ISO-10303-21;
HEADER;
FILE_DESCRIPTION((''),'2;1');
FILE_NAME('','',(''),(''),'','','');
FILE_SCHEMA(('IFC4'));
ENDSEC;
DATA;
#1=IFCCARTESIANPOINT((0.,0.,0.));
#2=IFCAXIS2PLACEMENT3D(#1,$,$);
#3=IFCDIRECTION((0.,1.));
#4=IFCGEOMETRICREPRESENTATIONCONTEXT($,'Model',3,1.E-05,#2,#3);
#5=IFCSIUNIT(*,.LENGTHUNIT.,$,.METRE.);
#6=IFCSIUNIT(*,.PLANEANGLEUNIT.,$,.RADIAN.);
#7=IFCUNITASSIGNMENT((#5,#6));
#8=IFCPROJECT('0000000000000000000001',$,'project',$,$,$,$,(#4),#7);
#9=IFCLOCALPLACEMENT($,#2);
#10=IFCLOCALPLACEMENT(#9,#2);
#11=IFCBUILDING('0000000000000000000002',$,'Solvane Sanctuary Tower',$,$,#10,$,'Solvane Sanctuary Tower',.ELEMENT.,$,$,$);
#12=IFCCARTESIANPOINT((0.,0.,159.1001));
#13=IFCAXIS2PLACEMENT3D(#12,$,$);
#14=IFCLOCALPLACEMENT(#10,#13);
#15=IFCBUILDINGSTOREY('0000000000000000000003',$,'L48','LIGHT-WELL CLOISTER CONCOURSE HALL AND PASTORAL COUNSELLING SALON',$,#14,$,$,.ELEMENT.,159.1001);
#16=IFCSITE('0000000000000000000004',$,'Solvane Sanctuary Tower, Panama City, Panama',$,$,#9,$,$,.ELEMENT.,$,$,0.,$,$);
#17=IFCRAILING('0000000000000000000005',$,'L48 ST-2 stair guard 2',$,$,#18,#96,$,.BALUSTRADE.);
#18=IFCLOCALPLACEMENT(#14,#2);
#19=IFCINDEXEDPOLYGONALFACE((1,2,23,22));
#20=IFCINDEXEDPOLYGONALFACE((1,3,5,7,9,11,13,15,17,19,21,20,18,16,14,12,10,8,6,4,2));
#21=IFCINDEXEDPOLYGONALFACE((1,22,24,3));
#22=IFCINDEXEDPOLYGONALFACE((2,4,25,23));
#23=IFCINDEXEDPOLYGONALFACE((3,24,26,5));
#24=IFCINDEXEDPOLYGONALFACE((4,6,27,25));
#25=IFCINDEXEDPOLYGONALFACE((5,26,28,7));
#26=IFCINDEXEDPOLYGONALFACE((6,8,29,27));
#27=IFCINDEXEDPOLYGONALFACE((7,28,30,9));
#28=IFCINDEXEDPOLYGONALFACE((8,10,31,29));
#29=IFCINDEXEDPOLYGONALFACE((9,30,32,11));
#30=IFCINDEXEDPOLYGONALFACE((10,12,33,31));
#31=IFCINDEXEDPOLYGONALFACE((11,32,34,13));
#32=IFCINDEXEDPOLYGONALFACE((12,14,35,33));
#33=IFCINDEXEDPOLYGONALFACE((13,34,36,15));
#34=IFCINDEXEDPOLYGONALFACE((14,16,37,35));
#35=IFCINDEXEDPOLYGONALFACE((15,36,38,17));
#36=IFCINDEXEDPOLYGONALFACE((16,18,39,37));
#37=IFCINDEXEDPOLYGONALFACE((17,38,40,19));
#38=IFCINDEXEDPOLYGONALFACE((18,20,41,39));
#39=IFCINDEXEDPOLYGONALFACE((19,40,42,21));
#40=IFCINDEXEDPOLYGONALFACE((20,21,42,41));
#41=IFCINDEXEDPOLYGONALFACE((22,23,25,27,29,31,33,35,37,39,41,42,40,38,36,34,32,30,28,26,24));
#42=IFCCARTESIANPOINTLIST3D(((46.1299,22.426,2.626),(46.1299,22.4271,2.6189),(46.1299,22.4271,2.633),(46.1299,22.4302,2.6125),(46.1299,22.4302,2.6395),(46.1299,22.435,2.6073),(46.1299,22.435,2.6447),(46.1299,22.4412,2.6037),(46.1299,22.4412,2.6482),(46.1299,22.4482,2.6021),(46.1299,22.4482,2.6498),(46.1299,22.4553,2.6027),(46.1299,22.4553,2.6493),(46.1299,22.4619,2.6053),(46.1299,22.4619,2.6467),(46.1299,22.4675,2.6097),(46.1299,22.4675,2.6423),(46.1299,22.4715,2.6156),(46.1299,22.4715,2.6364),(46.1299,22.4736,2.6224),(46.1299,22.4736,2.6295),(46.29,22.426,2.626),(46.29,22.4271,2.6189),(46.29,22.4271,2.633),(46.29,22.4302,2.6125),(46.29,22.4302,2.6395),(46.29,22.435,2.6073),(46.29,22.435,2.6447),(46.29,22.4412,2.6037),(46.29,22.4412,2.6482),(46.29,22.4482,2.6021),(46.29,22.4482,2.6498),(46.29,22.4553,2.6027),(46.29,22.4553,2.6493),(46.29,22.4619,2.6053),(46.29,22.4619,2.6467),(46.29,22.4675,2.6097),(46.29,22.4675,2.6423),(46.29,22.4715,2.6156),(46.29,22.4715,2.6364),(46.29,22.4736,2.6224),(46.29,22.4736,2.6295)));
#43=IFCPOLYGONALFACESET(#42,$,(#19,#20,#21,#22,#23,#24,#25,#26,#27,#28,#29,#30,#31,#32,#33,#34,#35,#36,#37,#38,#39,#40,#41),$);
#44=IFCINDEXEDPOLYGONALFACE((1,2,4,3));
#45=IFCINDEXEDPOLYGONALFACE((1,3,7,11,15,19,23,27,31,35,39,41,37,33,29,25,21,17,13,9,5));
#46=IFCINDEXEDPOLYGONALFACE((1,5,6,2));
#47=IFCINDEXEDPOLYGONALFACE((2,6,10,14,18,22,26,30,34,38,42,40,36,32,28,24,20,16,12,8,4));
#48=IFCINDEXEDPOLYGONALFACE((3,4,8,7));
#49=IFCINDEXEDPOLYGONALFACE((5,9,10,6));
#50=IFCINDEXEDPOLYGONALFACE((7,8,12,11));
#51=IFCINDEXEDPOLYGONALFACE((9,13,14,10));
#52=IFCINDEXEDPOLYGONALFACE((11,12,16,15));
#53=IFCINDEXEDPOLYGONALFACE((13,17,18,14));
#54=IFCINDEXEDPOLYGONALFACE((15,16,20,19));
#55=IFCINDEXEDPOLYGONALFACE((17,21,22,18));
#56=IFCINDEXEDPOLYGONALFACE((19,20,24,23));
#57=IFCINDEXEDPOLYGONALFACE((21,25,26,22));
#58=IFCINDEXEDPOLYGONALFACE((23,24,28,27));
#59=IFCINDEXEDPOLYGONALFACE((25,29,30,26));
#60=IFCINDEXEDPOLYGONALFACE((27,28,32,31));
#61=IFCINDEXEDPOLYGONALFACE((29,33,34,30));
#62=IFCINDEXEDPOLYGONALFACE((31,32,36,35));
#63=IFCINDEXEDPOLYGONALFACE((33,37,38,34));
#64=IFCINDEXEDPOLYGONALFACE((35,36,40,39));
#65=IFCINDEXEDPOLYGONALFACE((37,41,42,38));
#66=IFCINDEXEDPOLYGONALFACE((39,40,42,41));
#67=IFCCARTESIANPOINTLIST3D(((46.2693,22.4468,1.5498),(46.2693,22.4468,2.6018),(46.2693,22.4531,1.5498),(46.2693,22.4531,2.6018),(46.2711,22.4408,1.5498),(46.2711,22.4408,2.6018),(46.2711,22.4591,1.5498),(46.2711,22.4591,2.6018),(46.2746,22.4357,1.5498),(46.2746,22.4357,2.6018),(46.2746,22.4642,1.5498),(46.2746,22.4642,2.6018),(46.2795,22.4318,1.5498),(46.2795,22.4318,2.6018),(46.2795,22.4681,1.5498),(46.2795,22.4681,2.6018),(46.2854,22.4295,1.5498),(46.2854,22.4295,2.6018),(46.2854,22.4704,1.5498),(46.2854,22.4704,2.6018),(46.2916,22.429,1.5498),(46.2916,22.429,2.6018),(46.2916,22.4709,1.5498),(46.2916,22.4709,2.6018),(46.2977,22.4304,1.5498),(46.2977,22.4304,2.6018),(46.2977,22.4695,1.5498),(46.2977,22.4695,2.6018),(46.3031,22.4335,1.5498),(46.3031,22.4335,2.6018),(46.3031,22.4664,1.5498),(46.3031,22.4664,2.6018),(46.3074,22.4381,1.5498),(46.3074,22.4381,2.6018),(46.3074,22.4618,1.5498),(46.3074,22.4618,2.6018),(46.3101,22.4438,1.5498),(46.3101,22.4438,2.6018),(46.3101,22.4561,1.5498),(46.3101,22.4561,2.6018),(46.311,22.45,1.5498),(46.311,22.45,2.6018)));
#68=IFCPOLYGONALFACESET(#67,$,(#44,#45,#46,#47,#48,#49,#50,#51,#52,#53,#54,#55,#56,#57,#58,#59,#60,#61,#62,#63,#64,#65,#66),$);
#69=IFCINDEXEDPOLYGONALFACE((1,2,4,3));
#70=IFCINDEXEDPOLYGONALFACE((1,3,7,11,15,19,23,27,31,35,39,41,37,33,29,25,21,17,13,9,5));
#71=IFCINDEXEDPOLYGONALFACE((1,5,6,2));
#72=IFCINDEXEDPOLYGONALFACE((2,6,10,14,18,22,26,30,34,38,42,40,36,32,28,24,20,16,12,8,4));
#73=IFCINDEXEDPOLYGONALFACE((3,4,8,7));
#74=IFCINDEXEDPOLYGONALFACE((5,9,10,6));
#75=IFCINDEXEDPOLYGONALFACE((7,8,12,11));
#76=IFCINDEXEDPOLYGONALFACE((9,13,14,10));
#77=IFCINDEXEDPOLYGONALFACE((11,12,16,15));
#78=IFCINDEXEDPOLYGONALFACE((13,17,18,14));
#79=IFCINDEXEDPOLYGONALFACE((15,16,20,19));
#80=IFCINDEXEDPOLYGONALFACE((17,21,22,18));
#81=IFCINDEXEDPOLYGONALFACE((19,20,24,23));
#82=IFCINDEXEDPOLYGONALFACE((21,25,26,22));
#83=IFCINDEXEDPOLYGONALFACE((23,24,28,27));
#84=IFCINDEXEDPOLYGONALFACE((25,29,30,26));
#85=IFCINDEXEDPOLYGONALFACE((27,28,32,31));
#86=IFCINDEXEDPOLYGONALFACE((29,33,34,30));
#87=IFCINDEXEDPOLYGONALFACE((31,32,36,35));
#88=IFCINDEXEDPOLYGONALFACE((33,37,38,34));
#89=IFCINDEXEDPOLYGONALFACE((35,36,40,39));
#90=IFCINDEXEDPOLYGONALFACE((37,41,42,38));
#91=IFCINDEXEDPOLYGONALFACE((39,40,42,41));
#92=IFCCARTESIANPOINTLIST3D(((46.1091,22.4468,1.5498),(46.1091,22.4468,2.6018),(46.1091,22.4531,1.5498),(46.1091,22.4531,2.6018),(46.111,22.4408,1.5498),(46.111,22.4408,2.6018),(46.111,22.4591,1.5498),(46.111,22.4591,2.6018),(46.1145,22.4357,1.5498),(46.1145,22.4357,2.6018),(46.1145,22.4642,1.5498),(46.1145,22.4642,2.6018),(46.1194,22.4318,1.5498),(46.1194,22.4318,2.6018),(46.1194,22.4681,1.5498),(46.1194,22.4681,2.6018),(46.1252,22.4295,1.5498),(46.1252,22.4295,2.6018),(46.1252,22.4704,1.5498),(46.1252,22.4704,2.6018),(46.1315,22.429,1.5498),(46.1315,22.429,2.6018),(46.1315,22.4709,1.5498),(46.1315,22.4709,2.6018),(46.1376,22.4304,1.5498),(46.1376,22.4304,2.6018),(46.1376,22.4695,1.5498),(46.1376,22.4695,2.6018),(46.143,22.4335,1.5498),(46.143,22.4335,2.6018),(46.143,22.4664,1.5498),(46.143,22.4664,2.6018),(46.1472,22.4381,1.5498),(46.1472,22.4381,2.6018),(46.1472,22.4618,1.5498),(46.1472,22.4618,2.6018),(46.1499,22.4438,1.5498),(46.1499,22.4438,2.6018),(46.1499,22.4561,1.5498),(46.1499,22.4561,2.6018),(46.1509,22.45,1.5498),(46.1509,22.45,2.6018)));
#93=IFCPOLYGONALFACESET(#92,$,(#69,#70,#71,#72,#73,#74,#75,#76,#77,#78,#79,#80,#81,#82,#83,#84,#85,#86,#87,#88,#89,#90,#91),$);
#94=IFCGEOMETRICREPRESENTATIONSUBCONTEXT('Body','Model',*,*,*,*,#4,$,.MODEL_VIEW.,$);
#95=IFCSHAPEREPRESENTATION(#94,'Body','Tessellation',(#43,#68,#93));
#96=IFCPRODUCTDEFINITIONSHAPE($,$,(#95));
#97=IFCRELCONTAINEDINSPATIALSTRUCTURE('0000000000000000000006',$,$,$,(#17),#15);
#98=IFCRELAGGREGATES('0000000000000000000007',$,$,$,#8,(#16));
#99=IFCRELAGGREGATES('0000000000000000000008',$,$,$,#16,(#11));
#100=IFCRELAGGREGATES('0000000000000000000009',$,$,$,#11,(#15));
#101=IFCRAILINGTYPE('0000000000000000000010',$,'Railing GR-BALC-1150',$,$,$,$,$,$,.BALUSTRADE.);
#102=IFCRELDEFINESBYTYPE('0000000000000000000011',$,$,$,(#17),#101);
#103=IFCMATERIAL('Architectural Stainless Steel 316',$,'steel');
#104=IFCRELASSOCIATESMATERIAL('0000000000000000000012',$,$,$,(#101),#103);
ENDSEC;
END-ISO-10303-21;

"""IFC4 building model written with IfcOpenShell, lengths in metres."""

from ifc_helpers import new_model, si_unit, direction, frame, origin, origin_2d, place, context, subcontext, project, spatial, circle, extrude, material, type_object, element, save


model = new_model("IFC4")

# Units and contexts
model_context = context("Model", 3, precision=1e-05, world=origin(), true_north=direction((0.0, 1.0)))
body_context = subcontext(model_context, "Body", "Model", "MODEL_VIEW")
ifc_project = project(units=[si_unit("LENGTHUNIT", "METRE"), si_unit("PLANEANGLEUNIT", "RADIAN")], contexts=[model_context])

# Site, building, storey
site_placement = place(None, origin())
site = spatial("IfcSite", under=ifc_project, at=site_placement, Name="Solvane Sanctuary Tower, Panama City, Panama", CompositionType="ELEMENT", RefElevation=0.0)
building_placement = place(site_placement, origin())
building = spatial("IfcBuilding", under=site, at=building_placement, Name="Solvane Sanctuary Tower", LongName="Solvane Sanctuary Tower", CompositionType="ELEMENT")
storey_placement = place(building_placement, frame((0.0, 0.0, 159.1001)))
storey = spatial("IfcBuildingStorey", under=building, at=storey_placement, Name="L48", Description="LIGHT-WELL CLOISTER CONCOURSE HALL AND PASTORAL COUNSELLING SALON", CompositionType="ELEMENT", Elevation=159.1001)

# Shared definitions
ifc_material_1 = material(Name="Architectural Stainless Steel 316", Category="steel")

# Railing
railing_type_1 = type_object("IfcRailingType", Name="Railing GR-BALC-1150", PredefinedType="BALUSTRADE", material=ifc_material_1)
railing_1_placement = place(storey_placement, frame((46.29, 22.45, 1.5498)))
element("IfcRailing", 1, at=railing_1_placement, inside=storey, type_object=railing_type_1, Name="L48 ST-2 stair guard 2", PredefinedType="BALUSTRADE", context=body_context, shape_type="SweptSolid", body=[
    extrude(circle(Radius=0.0239, at=origin_2d()), frame((0.0, 0.0, 1.0762), z_axis=(-1.0, 0.0, 0.0), x_axis=(0.0, -1.0, 0.0)), (0.0, 0.0, 1.0), 0.1602),
    extrude(circle(Radius=0.021, at=origin_2d()), origin(), (0.0, 0.0, 1.0), 1.052),
    extrude(circle(Radius=0.021, at=origin_2d()), frame((-0.1602, 0.0, 0.0)), (0.0, 0.0, 1.0), 1.052),
])

save(model, "model.ifc")
